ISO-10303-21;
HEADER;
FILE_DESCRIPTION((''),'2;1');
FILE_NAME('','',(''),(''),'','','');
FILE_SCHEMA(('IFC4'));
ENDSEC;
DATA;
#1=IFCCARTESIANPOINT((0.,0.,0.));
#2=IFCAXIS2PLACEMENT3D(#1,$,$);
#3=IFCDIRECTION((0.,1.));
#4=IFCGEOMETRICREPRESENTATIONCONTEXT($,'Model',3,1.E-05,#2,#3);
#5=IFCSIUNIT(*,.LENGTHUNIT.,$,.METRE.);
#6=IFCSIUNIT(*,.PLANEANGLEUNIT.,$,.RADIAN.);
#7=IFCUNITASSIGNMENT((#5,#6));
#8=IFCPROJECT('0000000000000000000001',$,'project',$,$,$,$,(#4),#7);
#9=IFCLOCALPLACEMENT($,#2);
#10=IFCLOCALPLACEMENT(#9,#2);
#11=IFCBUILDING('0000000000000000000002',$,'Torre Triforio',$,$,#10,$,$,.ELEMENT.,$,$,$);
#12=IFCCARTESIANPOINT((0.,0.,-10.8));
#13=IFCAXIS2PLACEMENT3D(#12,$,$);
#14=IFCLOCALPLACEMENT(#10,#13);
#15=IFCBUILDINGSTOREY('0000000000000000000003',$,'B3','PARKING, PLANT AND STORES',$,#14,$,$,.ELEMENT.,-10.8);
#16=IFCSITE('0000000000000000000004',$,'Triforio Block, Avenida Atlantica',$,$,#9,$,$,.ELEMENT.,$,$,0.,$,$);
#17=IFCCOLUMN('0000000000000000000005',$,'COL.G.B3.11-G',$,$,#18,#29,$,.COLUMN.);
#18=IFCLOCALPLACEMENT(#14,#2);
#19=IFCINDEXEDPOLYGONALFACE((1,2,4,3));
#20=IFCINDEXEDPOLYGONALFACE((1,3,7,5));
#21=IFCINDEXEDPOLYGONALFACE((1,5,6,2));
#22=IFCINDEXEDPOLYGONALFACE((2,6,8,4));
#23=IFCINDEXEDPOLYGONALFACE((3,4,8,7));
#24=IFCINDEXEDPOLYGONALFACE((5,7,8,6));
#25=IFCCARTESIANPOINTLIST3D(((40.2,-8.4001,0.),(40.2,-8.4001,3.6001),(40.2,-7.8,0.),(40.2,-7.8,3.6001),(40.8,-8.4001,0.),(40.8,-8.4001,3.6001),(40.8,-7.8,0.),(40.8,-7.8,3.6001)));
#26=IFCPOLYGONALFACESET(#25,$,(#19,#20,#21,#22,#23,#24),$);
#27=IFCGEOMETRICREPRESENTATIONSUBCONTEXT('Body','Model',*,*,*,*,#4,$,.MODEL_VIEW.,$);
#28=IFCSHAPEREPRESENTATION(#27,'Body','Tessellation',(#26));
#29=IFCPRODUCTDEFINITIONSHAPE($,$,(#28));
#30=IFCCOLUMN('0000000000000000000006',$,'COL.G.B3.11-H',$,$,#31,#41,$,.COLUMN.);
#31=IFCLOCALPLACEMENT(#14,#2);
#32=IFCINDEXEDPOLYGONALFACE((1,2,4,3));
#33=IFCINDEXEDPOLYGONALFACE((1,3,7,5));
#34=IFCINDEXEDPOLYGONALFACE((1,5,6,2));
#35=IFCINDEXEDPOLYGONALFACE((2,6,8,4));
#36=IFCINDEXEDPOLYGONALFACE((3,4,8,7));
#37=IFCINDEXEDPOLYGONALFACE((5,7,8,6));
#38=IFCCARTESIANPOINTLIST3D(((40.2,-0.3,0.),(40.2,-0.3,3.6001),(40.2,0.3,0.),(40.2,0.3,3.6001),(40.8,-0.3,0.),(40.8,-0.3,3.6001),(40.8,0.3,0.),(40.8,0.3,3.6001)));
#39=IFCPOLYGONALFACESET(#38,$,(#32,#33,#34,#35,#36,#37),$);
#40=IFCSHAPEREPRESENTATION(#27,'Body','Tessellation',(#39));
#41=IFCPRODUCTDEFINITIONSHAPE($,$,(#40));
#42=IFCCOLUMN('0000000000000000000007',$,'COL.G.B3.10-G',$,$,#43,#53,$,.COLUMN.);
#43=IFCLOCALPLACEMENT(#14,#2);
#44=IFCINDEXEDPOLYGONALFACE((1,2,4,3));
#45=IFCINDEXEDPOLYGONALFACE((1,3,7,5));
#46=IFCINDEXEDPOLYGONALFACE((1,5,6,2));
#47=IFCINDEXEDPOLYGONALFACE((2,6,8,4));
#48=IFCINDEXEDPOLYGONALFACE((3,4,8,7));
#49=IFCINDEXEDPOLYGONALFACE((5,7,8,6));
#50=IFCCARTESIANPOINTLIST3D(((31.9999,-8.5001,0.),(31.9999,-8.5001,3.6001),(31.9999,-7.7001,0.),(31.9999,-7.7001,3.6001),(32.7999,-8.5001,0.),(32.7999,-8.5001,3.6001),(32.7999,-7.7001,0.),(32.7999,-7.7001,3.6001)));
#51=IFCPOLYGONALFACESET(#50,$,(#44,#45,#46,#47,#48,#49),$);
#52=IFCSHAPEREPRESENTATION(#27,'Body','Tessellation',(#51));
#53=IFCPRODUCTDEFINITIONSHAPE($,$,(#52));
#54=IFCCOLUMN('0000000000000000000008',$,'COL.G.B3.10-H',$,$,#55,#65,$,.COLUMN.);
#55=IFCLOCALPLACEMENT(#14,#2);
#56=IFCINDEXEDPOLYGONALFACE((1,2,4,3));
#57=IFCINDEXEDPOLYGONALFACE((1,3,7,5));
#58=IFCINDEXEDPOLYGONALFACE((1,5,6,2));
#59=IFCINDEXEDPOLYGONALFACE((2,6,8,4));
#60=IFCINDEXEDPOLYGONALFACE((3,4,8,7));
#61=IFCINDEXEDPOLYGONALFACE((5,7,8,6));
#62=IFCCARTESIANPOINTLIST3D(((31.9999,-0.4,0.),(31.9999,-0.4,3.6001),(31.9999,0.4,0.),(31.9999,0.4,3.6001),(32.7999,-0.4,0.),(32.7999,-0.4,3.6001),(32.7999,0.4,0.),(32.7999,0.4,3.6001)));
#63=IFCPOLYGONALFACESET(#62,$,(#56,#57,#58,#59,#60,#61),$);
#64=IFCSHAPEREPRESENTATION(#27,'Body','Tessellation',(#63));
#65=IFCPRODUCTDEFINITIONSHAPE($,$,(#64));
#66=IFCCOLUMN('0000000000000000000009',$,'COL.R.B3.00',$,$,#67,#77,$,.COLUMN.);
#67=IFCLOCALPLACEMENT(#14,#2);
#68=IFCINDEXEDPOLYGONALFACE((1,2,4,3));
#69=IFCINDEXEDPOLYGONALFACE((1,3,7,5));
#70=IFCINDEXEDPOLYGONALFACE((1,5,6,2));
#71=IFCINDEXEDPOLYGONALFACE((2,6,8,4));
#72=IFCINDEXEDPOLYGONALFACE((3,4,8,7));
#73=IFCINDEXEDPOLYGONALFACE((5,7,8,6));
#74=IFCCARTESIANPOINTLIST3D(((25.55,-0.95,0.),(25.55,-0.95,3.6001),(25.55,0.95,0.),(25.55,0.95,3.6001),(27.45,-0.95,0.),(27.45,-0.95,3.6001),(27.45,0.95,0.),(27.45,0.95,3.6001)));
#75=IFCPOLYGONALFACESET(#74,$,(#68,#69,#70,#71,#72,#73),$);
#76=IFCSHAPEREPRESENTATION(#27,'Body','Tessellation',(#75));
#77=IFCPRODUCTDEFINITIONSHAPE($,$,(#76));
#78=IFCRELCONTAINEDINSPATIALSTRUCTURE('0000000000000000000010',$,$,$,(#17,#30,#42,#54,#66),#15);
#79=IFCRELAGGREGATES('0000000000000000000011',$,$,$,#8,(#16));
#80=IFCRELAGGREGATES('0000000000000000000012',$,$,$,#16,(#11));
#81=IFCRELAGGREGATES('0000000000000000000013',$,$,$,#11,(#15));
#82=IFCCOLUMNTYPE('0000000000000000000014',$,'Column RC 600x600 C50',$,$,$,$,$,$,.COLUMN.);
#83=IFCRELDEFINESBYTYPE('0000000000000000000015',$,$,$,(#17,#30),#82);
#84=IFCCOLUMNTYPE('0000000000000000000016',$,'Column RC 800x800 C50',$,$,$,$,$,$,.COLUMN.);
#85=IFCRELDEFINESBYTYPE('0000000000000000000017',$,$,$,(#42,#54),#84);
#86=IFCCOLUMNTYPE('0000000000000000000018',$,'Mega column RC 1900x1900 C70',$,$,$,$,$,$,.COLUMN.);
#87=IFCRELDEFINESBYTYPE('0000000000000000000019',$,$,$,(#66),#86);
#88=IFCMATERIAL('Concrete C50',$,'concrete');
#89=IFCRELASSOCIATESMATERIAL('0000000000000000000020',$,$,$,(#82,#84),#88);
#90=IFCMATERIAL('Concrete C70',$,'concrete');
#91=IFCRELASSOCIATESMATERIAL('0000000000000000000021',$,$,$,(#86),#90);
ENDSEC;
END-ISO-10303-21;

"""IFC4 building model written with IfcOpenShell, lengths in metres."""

from ifc_helpers import new_model, si_unit, direction, frame, origin, origin_2d, place, context, subcontext, project, spatial, rectangle, extrude, material, material_profile, profile_set, type_object, element, save


model = new_model("IFC4")

# Units and contexts
model_context = context("Model", 3, precision=1e-05, world=origin(), true_north=direction((0.0, 1.0)))
body_context = subcontext(model_context, "Body", "Model", "MODEL_VIEW")
ifc_project = project(units=[si_unit("LENGTHUNIT", "METRE"), si_unit("PLANEANGLEUNIT", "RADIAN")], contexts=[model_context])

# Site, building, storey
site_placement = place(None, origin())
site = spatial("IfcSite", under=ifc_project, at=site_placement, Name="Triforio Block, Avenida Atlantica", CompositionType="ELEMENT", RefElevation=0.0)
building_placement = place(site_placement, origin())
building = spatial("IfcBuilding", under=site, at=building_placement, Name="Torre Triforio", CompositionType="ELEMENT")
storey_placement = place(building_placement, frame((0.0, 0.0, -10.8)))
storey = spatial("IfcBuildingStorey", under=building, at=storey_placement, Name="B3", Description="PARKING, PLANT AND STORES", CompositionType="ELEMENT", Elevation=-10.8)

# Shared definitions
ifc_material_1 = material(Name="Concrete C50", Category="concrete")

# Columns
ifc_material_profile_1 = material_profile(ifc_material_1, rectangle(XDim=0.6001, YDim=0.6001, at=origin_2d()), Name="RC 600x600")
ifc_profile_set_1 = profile_set([ifc_material_profile_1], Name="Concrete C50")
column_type_1 = type_object("IfcColumnType", Name="Column RC 600x600 C50", PredefinedType="COLUMN", material=ifc_profile_set_1)
for number, where, z_axis, x_axis, name in (
    (1, (40.5, -8.1001, 0.0), (0.0, 0.0, 1.0), (1.0, 0.0, 0.0), "COL.G.B3.11-G"),
    (2, (40.5, 0.0, 0.0), (0.0, 0.0, 1.0), (1.0, 0.0, 0.0), "COL.G.B3.11-H"),
):
    element("IfcColumn", number, at=place(storey_placement, frame(where, z_axis=z_axis, x_axis=x_axis)), inside=storey, type_object=column_type_1, Name=name, PredefinedType="COLUMN", context=body_context, shape_type="SweptSolid", body=[
        extrude(rectangle(XDim=0.6001, YDim=0.6001, at=origin_2d()), origin(), (0.0, 0.0, 1.0), 3.6001),
    ])
ifc_material_profile_2 = material_profile(ifc_material_1, rectangle(XDim=0.8, YDim=0.8, at=origin_2d()), Name="RC 800x800")
ifc_profile_set_2 = profile_set([ifc_material_profile_2], Name="Concrete C50")
column_type_2 = type_object("IfcColumnType", Name="Column RC 800x800 C50", PredefinedType="COLUMN", material=ifc_profile_set_2)
for number, where, z_axis, x_axis, name in (
    (3, (32.3999, -8.1001, 0.0), (0.0, 0.0, 1.0), (1.0, 0.0, 0.0), "COL.G.B3.10-G"),
    (4, (32.3999, 0.0, 0.0), (0.0, 0.0, 1.0), (1.0, 0.0, 0.0), "COL.G.B3.10-H"),
):
    element("IfcColumn", number, at=place(storey_placement, frame(where, z_axis=z_axis, x_axis=x_axis)), inside=storey, type_object=column_type_2, Name=name, PredefinedType="COLUMN", context=body_context, shape_type="SweptSolid", body=[
        extrude(rectangle(XDim=0.8, YDim=0.8, at=origin_2d()), origin(), (0.0, 0.0, 1.0), 3.6001),
    ])
ifc_material_2 = material(Name="Concrete C70", Category="concrete")
ifc_material_profile_3 = material_profile(ifc_material_2, rectangle(XDim=1.8999, YDim=1.8999, at=origin_2d()), Name="RC 1900x1900")
ifc_profile_set_3 = profile_set([ifc_material_profile_3], Name="Concrete C70")
column_type_3 = type_object("IfcColumnType", Name="Mega column RC 1900x1900 C70", PredefinedType="COLUMN", material=ifc_profile_set_3)
column_placement = place(storey_placement, frame((26.5, 0.0, 0.0), z_axis=(0.0, 0.0, 1.0), x_axis=(0.0, 1.0, 0.0)))
element("IfcColumn", 5, at=column_placement, inside=storey, type_object=column_type_3, Name="COL.R.B3.00", PredefinedType="COLUMN", context=body_context, shape_type="SweptSolid", body=[
    extrude(rectangle(XDim=1.8999, YDim=1.8999, at=origin_2d()), origin(), (0.0, 0.0, 1.0), 3.6001),
])

save(model, "model.ifc")
